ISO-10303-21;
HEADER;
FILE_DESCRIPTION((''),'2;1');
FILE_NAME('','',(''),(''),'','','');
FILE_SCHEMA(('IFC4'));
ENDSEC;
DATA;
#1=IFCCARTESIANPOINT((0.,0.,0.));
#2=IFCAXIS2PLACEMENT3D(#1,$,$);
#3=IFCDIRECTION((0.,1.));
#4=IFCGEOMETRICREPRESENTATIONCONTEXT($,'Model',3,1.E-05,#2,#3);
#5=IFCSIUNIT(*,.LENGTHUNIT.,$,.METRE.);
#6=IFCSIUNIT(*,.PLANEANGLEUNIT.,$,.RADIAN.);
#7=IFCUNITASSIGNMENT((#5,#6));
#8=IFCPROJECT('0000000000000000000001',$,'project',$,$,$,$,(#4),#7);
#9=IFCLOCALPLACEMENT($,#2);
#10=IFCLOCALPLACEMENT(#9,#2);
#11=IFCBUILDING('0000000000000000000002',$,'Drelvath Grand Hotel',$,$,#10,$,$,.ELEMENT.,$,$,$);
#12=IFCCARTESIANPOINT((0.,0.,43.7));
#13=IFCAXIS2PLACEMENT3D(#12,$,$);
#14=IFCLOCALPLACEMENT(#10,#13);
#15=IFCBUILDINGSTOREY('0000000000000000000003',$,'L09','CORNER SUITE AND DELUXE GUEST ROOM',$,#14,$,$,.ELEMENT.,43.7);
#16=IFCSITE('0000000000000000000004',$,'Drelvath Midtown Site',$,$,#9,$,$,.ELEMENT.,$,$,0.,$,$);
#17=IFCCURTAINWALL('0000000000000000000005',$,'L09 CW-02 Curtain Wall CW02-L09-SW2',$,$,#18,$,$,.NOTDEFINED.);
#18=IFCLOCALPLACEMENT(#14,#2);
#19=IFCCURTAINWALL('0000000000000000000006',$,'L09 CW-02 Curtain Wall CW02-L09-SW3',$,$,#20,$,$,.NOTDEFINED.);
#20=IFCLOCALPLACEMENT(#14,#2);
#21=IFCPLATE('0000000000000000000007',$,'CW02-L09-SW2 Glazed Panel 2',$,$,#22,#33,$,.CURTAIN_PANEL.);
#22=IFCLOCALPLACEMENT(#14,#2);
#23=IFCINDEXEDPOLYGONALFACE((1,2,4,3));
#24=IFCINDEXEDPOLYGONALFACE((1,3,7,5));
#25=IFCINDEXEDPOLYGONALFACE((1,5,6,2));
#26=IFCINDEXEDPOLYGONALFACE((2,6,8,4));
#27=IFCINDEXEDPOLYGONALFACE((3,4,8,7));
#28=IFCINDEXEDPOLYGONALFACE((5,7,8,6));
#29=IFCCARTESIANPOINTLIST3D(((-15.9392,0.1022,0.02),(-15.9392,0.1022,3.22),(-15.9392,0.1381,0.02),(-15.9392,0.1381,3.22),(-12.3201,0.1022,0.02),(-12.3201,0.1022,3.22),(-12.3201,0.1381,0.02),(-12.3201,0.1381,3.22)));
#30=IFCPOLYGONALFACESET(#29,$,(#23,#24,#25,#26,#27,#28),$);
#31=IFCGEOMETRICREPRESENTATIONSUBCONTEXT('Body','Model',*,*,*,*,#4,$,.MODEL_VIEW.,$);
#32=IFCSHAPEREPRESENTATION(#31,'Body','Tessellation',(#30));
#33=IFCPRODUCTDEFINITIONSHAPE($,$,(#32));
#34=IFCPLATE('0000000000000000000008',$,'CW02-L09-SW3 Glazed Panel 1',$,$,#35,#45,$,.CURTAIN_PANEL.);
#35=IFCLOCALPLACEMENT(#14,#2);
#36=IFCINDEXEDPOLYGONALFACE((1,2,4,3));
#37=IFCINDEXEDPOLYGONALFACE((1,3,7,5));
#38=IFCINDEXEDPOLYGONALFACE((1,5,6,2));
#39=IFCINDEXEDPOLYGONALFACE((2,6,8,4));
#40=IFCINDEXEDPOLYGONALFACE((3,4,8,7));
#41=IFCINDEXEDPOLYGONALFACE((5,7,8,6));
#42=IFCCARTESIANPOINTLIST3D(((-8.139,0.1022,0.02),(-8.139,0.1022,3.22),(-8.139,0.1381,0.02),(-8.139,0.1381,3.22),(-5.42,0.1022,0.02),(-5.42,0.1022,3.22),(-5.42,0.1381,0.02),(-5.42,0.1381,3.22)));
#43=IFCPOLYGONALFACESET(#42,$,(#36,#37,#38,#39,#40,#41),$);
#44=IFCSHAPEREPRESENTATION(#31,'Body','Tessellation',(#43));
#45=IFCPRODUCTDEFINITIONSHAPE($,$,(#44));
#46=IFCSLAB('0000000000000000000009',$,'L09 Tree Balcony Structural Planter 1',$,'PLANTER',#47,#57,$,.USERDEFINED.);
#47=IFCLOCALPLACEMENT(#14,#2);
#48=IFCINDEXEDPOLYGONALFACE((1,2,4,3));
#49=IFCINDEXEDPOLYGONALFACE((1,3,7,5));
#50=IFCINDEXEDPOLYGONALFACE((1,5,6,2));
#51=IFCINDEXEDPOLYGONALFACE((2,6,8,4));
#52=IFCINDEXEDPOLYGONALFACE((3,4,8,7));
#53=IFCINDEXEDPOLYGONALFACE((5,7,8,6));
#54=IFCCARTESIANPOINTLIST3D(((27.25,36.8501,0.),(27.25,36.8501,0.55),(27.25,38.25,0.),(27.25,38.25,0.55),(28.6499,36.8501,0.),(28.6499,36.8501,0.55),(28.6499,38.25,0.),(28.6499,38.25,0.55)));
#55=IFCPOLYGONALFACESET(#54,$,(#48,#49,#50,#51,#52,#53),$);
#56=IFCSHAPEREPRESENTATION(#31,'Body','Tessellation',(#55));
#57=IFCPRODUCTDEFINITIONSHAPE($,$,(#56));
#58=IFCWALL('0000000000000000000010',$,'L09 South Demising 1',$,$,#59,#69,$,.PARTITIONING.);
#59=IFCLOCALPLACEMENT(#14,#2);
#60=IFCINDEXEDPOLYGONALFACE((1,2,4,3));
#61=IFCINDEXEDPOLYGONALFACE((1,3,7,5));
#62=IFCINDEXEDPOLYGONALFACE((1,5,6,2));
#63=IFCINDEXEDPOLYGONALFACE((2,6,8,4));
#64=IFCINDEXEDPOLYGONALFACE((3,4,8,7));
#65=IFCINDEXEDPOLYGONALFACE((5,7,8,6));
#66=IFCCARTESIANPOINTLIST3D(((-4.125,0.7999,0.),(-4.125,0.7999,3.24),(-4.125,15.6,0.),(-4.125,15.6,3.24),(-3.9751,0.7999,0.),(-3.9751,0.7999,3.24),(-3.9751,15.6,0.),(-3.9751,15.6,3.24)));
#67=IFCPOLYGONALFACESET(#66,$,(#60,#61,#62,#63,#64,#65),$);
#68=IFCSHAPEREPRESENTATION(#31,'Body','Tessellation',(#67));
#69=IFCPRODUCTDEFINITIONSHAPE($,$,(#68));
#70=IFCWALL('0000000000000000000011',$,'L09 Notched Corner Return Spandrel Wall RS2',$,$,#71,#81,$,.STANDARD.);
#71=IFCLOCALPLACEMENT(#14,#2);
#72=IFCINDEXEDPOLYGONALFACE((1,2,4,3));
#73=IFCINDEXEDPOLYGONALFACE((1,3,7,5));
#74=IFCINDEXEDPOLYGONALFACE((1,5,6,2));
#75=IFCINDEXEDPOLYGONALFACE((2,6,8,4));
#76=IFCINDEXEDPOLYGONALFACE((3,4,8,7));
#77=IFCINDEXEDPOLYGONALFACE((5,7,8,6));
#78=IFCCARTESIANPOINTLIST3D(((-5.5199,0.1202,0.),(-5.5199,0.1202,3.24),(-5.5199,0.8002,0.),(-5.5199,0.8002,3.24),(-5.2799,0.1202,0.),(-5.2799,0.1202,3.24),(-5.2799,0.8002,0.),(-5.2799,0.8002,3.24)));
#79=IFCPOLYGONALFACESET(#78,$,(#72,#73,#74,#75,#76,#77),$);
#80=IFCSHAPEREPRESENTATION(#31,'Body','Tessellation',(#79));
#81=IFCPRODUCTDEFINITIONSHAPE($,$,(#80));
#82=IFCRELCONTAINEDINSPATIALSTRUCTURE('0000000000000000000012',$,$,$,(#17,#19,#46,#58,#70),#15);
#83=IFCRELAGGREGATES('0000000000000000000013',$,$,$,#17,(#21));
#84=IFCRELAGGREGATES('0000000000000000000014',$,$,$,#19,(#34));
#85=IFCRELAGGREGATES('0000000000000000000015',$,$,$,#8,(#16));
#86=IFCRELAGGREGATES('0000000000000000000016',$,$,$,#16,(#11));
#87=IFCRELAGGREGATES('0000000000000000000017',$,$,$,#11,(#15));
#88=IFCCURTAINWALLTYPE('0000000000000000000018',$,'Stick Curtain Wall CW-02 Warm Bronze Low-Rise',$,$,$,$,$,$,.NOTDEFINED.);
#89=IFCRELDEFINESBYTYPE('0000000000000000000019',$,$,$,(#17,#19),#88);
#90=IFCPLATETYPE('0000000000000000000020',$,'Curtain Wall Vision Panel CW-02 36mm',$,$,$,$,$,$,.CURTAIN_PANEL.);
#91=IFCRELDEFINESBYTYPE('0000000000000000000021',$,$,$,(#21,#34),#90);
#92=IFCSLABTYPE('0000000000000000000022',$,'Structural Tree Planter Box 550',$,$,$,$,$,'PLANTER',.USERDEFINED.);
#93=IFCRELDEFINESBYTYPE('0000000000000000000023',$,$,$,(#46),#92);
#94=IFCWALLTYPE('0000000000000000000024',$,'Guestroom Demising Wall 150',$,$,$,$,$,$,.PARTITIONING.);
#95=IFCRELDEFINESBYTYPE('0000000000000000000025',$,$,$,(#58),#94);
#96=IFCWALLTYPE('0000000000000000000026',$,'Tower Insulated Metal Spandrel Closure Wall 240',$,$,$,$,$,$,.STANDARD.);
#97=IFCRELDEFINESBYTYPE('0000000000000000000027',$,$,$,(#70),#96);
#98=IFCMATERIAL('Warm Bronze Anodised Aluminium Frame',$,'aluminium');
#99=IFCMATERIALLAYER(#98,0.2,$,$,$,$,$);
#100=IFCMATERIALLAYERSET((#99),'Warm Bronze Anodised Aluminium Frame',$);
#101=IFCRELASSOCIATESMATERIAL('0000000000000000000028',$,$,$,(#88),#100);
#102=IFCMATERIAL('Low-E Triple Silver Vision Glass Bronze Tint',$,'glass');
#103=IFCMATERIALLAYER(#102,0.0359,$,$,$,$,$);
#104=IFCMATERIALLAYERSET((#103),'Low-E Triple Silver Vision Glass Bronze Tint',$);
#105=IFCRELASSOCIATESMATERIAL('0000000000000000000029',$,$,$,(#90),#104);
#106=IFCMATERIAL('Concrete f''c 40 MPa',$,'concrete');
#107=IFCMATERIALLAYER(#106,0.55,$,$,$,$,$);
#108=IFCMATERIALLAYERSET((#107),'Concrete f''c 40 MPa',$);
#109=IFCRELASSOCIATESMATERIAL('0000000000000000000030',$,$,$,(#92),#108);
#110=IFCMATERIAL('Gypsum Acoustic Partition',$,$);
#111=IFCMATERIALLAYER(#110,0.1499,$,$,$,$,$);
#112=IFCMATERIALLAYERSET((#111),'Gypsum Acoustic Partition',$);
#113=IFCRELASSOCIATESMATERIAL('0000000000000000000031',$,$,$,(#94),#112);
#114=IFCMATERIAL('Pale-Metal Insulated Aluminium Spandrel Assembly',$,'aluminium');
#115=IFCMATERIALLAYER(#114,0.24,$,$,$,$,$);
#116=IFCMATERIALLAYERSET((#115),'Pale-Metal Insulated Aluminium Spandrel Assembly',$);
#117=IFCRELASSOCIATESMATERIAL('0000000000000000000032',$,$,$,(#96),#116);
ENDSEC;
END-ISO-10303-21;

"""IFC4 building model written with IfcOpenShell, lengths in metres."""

from ifc_helpers import new_model, si_unit, direction, frame, frame_2d, origin, origin_2d, place, context, subcontext, project, spatial, polyline, rectangle, outline, extrude, material, layer, layer_set, type_object, element, aggregate, save


model = new_model("IFC4")

# Units and contexts
model_context = context("Model", 3, precision=1e-05, world=origin(), true_north=direction((0.0, 1.0)))
body_context = subcontext(model_context, "Body", "Model", "MODEL_VIEW")
ifc_project = project(units=[si_unit("LENGTHUNIT", "METRE"), si_unit("PLANEANGLEUNIT", "RADIAN")], contexts=[model_context])

# Site, building, storey
site_placement = place(None, origin())
site = spatial("IfcSite", under=ifc_project, at=site_placement, Name="Drelvath Midtown Site", CompositionType="ELEMENT", RefElevation=0.0)
building_placement = place(site_placement, origin())
building = spatial("IfcBuilding", under=site, at=building_placement, Name="Drelvath Grand Hotel", CompositionType="ELEMENT")
storey_placement = place(building_placement, frame((0.0, 0.0, 43.7)))
storey = spatial("IfcBuildingStorey", under=building, at=storey_placement, Name="L09", Description="CORNER SUITE AND DELUXE GUEST ROOM", CompositionType="ELEMENT", Elevation=43.7)

# Curtain walls
ifc_material_1 = material(Name="Warm Bronze Anodised Aluminium Frame", Category="aluminium")
ifc_layer_1 = layer(ifc_material_1, 0.2)
ifc_layer_set_1 = layer_set([ifc_layer_1], Name="Warm Bronze Anodised Aluminium Frame")
curtain_wall_type = type_object("IfcCurtainWallType", Name="Stick Curtain Wall CW-02 Warm Bronze Low-Rise", PredefinedType="NOTDEFINED", material=ifc_layer_set_1)
curtain_wall_1_placement = place(storey_placement, origin())
curtain_wall_1 = element("IfcCurtainWall", 1, at=curtain_wall_1_placement, inside=storey, type_object=curtain_wall_type, Name="L09 CW-02 Curtain Wall CW02-L09-SW2", PredefinedType="NOTDEFINED")
curtain_wall_2_placement = place(storey_placement, origin())
curtain_wall_2 = element("IfcCurtainWall", 2, at=curtain_wall_2_placement, inside=storey, type_object=curtain_wall_type, Name="L09 CW-02 Curtain Wall CW02-L09-SW3", PredefinedType="NOTDEFINED")

# Shared definitions
ifc_material_2 = material(Name="Concrete f'c 40 MPa", Category="concrete")

# Plates
ifc_material_3 = material(Name="Low-E Triple Silver Vision Glass Bronze Tint", Category="glass")
ifc_layer_2 = layer(ifc_material_3, 0.0359)
ifc_layer_set_2 = layer_set([ifc_layer_2], Name="Low-E Triple Silver Vision Glass Bronze Tint")
plate_type = type_object("IfcPlateType", Name="Curtain Wall Vision Panel CW-02 36mm", PredefinedType="CURTAIN_PANEL", material=ifc_layer_set_2)
plate_1_placement = place(storey_placement, frame((-14.1296, 0.1201, 0.02), z_axis=(0.0, 0.0, 1.0), x_axis=(-1.0, 0.0, 0.0)))
plate_1 = element("IfcPlate", 3, at=plate_1_placement, type_object=plate_type, Name="CW02-L09-SW2 Glazed Panel 2", PredefinedType="CURTAIN_PANEL", context=body_context, shape_type="SweptSolid", body=[
    extrude(rectangle(XDim=3.6191, YDim=0.0359, at=origin_2d()), origin(), (0.0, 0.0, 1.0), 3.2),
])
aggregate(curtain_wall_1, [plate_1])
plate_2_placement = place(storey_placement, frame((-6.7795, 0.1201, 0.02), z_axis=(0.0, 0.0, 1.0), x_axis=(-1.0, 0.0, 0.0)))
plate_2 = element("IfcPlate", 4, at=plate_2_placement, type_object=plate_type, Name="CW02-L09-SW3 Glazed Panel 1", PredefinedType="CURTAIN_PANEL", context=body_context, shape_type="SweptSolid", body=[
    extrude(rectangle(XDim=2.719, YDim=0.0359, at=origin_2d()), origin(), (0.0, 0.0, 1.0), 3.2),
])
aggregate(curtain_wall_2, [plate_2])

# Slab
ifc_layer_3 = layer(ifc_material_2, 0.55)
ifc_layer_set_3 = layer_set([ifc_layer_3], Name="Concrete f'c 40 MPa")
slab_type_1 = type_object("IfcSlabType", Name="Structural Tree Planter Box 550", ElementType="PLANTER", PredefinedType="USERDEFINED", material=ifc_layer_set_3)
slab_1_placement = place(storey_placement, origin())
element("IfcSlab", 5, at=slab_1_placement, inside=storey, type_object=slab_type_1, Name="L09 Tree Balcony Structural Planter 1", ObjectType="PLANTER", PredefinedType="USERDEFINED", context=body_context, shape_type="SweptSolid", body=[
    extrude(outline(polyline([(27.25, 36.8501), (28.6499, 36.8501), (28.6499, 38.25), (27.25, 38.25), (27.25, 36.8501)])), origin(), (0.0, 0.0, 1.0), 0.55),
])

# Walls
ifc_material_4 = material(Name="Gypsum Acoustic Partition")
ifc_layer_4 = layer(ifc_material_4, 0.1499)
ifc_layer_set_4 = layer_set([ifc_layer_4], Name="Gypsum Acoustic Partition")
wall_type_1 = type_object("IfcWallType", Name="Guestroom Demising Wall 150", PredefinedType="PARTITIONING", material=ifc_layer_set_4)
wall_1_placement = place(storey_placement, frame((-4.05, 0.8, 0.0), z_axis=(0.0, 0.0, 1.0), x_axis=(0.0, 1.0, 0.0)))
element("IfcWall", 6, at=wall_1_placement, inside=storey, type_object=wall_type_1, Name="L09 South Demising 1", PredefinedType="PARTITIONING", context=body_context, shape_type="SweptSolid", body=[
    extrude(rectangle(XDim=14.8, YDim=0.1499, at=frame_2d((7.3999, 0.0))), origin(), (0.0, 0.0, 1.0), 3.24),
])
ifc_material_5 = material(Name="Pale-Metal Insulated Aluminium Spandrel Assembly", Category="aluminium")
ifc_layer_5 = layer(ifc_material_5, 0.24)
ifc_layer_set_5 = layer_set([ifc_layer_5], Name="Pale-Metal Insulated Aluminium Spandrel Assembly")
wall_type_2 = type_object("IfcWallType", Name="Tower Insulated Metal Spandrel Closure Wall 240", PredefinedType="STANDARD", material=ifc_layer_set_5)
wall_2_placement = place(storey_placement, frame((-5.3999, 0.8, 0.0), z_axis=(0.0, 0.0, 1.0), x_axis=(0.0, -1.0, 0.0)))
element("IfcWall", 7, at=wall_2_placement, inside=storey, type_object=wall_type_2, Name="L09 Notched Corner Return Spandrel Wall RS2", PredefinedType="STANDARD", context=body_context, shape_type="SweptSolid", body=[
    extrude(rectangle(XDim=0.6799, YDim=0.24, at=frame_2d((0.3398, 0.0))), origin(), (0.0, 0.0, 1.0), 3.24),
])

save(model, "model.ifc")
